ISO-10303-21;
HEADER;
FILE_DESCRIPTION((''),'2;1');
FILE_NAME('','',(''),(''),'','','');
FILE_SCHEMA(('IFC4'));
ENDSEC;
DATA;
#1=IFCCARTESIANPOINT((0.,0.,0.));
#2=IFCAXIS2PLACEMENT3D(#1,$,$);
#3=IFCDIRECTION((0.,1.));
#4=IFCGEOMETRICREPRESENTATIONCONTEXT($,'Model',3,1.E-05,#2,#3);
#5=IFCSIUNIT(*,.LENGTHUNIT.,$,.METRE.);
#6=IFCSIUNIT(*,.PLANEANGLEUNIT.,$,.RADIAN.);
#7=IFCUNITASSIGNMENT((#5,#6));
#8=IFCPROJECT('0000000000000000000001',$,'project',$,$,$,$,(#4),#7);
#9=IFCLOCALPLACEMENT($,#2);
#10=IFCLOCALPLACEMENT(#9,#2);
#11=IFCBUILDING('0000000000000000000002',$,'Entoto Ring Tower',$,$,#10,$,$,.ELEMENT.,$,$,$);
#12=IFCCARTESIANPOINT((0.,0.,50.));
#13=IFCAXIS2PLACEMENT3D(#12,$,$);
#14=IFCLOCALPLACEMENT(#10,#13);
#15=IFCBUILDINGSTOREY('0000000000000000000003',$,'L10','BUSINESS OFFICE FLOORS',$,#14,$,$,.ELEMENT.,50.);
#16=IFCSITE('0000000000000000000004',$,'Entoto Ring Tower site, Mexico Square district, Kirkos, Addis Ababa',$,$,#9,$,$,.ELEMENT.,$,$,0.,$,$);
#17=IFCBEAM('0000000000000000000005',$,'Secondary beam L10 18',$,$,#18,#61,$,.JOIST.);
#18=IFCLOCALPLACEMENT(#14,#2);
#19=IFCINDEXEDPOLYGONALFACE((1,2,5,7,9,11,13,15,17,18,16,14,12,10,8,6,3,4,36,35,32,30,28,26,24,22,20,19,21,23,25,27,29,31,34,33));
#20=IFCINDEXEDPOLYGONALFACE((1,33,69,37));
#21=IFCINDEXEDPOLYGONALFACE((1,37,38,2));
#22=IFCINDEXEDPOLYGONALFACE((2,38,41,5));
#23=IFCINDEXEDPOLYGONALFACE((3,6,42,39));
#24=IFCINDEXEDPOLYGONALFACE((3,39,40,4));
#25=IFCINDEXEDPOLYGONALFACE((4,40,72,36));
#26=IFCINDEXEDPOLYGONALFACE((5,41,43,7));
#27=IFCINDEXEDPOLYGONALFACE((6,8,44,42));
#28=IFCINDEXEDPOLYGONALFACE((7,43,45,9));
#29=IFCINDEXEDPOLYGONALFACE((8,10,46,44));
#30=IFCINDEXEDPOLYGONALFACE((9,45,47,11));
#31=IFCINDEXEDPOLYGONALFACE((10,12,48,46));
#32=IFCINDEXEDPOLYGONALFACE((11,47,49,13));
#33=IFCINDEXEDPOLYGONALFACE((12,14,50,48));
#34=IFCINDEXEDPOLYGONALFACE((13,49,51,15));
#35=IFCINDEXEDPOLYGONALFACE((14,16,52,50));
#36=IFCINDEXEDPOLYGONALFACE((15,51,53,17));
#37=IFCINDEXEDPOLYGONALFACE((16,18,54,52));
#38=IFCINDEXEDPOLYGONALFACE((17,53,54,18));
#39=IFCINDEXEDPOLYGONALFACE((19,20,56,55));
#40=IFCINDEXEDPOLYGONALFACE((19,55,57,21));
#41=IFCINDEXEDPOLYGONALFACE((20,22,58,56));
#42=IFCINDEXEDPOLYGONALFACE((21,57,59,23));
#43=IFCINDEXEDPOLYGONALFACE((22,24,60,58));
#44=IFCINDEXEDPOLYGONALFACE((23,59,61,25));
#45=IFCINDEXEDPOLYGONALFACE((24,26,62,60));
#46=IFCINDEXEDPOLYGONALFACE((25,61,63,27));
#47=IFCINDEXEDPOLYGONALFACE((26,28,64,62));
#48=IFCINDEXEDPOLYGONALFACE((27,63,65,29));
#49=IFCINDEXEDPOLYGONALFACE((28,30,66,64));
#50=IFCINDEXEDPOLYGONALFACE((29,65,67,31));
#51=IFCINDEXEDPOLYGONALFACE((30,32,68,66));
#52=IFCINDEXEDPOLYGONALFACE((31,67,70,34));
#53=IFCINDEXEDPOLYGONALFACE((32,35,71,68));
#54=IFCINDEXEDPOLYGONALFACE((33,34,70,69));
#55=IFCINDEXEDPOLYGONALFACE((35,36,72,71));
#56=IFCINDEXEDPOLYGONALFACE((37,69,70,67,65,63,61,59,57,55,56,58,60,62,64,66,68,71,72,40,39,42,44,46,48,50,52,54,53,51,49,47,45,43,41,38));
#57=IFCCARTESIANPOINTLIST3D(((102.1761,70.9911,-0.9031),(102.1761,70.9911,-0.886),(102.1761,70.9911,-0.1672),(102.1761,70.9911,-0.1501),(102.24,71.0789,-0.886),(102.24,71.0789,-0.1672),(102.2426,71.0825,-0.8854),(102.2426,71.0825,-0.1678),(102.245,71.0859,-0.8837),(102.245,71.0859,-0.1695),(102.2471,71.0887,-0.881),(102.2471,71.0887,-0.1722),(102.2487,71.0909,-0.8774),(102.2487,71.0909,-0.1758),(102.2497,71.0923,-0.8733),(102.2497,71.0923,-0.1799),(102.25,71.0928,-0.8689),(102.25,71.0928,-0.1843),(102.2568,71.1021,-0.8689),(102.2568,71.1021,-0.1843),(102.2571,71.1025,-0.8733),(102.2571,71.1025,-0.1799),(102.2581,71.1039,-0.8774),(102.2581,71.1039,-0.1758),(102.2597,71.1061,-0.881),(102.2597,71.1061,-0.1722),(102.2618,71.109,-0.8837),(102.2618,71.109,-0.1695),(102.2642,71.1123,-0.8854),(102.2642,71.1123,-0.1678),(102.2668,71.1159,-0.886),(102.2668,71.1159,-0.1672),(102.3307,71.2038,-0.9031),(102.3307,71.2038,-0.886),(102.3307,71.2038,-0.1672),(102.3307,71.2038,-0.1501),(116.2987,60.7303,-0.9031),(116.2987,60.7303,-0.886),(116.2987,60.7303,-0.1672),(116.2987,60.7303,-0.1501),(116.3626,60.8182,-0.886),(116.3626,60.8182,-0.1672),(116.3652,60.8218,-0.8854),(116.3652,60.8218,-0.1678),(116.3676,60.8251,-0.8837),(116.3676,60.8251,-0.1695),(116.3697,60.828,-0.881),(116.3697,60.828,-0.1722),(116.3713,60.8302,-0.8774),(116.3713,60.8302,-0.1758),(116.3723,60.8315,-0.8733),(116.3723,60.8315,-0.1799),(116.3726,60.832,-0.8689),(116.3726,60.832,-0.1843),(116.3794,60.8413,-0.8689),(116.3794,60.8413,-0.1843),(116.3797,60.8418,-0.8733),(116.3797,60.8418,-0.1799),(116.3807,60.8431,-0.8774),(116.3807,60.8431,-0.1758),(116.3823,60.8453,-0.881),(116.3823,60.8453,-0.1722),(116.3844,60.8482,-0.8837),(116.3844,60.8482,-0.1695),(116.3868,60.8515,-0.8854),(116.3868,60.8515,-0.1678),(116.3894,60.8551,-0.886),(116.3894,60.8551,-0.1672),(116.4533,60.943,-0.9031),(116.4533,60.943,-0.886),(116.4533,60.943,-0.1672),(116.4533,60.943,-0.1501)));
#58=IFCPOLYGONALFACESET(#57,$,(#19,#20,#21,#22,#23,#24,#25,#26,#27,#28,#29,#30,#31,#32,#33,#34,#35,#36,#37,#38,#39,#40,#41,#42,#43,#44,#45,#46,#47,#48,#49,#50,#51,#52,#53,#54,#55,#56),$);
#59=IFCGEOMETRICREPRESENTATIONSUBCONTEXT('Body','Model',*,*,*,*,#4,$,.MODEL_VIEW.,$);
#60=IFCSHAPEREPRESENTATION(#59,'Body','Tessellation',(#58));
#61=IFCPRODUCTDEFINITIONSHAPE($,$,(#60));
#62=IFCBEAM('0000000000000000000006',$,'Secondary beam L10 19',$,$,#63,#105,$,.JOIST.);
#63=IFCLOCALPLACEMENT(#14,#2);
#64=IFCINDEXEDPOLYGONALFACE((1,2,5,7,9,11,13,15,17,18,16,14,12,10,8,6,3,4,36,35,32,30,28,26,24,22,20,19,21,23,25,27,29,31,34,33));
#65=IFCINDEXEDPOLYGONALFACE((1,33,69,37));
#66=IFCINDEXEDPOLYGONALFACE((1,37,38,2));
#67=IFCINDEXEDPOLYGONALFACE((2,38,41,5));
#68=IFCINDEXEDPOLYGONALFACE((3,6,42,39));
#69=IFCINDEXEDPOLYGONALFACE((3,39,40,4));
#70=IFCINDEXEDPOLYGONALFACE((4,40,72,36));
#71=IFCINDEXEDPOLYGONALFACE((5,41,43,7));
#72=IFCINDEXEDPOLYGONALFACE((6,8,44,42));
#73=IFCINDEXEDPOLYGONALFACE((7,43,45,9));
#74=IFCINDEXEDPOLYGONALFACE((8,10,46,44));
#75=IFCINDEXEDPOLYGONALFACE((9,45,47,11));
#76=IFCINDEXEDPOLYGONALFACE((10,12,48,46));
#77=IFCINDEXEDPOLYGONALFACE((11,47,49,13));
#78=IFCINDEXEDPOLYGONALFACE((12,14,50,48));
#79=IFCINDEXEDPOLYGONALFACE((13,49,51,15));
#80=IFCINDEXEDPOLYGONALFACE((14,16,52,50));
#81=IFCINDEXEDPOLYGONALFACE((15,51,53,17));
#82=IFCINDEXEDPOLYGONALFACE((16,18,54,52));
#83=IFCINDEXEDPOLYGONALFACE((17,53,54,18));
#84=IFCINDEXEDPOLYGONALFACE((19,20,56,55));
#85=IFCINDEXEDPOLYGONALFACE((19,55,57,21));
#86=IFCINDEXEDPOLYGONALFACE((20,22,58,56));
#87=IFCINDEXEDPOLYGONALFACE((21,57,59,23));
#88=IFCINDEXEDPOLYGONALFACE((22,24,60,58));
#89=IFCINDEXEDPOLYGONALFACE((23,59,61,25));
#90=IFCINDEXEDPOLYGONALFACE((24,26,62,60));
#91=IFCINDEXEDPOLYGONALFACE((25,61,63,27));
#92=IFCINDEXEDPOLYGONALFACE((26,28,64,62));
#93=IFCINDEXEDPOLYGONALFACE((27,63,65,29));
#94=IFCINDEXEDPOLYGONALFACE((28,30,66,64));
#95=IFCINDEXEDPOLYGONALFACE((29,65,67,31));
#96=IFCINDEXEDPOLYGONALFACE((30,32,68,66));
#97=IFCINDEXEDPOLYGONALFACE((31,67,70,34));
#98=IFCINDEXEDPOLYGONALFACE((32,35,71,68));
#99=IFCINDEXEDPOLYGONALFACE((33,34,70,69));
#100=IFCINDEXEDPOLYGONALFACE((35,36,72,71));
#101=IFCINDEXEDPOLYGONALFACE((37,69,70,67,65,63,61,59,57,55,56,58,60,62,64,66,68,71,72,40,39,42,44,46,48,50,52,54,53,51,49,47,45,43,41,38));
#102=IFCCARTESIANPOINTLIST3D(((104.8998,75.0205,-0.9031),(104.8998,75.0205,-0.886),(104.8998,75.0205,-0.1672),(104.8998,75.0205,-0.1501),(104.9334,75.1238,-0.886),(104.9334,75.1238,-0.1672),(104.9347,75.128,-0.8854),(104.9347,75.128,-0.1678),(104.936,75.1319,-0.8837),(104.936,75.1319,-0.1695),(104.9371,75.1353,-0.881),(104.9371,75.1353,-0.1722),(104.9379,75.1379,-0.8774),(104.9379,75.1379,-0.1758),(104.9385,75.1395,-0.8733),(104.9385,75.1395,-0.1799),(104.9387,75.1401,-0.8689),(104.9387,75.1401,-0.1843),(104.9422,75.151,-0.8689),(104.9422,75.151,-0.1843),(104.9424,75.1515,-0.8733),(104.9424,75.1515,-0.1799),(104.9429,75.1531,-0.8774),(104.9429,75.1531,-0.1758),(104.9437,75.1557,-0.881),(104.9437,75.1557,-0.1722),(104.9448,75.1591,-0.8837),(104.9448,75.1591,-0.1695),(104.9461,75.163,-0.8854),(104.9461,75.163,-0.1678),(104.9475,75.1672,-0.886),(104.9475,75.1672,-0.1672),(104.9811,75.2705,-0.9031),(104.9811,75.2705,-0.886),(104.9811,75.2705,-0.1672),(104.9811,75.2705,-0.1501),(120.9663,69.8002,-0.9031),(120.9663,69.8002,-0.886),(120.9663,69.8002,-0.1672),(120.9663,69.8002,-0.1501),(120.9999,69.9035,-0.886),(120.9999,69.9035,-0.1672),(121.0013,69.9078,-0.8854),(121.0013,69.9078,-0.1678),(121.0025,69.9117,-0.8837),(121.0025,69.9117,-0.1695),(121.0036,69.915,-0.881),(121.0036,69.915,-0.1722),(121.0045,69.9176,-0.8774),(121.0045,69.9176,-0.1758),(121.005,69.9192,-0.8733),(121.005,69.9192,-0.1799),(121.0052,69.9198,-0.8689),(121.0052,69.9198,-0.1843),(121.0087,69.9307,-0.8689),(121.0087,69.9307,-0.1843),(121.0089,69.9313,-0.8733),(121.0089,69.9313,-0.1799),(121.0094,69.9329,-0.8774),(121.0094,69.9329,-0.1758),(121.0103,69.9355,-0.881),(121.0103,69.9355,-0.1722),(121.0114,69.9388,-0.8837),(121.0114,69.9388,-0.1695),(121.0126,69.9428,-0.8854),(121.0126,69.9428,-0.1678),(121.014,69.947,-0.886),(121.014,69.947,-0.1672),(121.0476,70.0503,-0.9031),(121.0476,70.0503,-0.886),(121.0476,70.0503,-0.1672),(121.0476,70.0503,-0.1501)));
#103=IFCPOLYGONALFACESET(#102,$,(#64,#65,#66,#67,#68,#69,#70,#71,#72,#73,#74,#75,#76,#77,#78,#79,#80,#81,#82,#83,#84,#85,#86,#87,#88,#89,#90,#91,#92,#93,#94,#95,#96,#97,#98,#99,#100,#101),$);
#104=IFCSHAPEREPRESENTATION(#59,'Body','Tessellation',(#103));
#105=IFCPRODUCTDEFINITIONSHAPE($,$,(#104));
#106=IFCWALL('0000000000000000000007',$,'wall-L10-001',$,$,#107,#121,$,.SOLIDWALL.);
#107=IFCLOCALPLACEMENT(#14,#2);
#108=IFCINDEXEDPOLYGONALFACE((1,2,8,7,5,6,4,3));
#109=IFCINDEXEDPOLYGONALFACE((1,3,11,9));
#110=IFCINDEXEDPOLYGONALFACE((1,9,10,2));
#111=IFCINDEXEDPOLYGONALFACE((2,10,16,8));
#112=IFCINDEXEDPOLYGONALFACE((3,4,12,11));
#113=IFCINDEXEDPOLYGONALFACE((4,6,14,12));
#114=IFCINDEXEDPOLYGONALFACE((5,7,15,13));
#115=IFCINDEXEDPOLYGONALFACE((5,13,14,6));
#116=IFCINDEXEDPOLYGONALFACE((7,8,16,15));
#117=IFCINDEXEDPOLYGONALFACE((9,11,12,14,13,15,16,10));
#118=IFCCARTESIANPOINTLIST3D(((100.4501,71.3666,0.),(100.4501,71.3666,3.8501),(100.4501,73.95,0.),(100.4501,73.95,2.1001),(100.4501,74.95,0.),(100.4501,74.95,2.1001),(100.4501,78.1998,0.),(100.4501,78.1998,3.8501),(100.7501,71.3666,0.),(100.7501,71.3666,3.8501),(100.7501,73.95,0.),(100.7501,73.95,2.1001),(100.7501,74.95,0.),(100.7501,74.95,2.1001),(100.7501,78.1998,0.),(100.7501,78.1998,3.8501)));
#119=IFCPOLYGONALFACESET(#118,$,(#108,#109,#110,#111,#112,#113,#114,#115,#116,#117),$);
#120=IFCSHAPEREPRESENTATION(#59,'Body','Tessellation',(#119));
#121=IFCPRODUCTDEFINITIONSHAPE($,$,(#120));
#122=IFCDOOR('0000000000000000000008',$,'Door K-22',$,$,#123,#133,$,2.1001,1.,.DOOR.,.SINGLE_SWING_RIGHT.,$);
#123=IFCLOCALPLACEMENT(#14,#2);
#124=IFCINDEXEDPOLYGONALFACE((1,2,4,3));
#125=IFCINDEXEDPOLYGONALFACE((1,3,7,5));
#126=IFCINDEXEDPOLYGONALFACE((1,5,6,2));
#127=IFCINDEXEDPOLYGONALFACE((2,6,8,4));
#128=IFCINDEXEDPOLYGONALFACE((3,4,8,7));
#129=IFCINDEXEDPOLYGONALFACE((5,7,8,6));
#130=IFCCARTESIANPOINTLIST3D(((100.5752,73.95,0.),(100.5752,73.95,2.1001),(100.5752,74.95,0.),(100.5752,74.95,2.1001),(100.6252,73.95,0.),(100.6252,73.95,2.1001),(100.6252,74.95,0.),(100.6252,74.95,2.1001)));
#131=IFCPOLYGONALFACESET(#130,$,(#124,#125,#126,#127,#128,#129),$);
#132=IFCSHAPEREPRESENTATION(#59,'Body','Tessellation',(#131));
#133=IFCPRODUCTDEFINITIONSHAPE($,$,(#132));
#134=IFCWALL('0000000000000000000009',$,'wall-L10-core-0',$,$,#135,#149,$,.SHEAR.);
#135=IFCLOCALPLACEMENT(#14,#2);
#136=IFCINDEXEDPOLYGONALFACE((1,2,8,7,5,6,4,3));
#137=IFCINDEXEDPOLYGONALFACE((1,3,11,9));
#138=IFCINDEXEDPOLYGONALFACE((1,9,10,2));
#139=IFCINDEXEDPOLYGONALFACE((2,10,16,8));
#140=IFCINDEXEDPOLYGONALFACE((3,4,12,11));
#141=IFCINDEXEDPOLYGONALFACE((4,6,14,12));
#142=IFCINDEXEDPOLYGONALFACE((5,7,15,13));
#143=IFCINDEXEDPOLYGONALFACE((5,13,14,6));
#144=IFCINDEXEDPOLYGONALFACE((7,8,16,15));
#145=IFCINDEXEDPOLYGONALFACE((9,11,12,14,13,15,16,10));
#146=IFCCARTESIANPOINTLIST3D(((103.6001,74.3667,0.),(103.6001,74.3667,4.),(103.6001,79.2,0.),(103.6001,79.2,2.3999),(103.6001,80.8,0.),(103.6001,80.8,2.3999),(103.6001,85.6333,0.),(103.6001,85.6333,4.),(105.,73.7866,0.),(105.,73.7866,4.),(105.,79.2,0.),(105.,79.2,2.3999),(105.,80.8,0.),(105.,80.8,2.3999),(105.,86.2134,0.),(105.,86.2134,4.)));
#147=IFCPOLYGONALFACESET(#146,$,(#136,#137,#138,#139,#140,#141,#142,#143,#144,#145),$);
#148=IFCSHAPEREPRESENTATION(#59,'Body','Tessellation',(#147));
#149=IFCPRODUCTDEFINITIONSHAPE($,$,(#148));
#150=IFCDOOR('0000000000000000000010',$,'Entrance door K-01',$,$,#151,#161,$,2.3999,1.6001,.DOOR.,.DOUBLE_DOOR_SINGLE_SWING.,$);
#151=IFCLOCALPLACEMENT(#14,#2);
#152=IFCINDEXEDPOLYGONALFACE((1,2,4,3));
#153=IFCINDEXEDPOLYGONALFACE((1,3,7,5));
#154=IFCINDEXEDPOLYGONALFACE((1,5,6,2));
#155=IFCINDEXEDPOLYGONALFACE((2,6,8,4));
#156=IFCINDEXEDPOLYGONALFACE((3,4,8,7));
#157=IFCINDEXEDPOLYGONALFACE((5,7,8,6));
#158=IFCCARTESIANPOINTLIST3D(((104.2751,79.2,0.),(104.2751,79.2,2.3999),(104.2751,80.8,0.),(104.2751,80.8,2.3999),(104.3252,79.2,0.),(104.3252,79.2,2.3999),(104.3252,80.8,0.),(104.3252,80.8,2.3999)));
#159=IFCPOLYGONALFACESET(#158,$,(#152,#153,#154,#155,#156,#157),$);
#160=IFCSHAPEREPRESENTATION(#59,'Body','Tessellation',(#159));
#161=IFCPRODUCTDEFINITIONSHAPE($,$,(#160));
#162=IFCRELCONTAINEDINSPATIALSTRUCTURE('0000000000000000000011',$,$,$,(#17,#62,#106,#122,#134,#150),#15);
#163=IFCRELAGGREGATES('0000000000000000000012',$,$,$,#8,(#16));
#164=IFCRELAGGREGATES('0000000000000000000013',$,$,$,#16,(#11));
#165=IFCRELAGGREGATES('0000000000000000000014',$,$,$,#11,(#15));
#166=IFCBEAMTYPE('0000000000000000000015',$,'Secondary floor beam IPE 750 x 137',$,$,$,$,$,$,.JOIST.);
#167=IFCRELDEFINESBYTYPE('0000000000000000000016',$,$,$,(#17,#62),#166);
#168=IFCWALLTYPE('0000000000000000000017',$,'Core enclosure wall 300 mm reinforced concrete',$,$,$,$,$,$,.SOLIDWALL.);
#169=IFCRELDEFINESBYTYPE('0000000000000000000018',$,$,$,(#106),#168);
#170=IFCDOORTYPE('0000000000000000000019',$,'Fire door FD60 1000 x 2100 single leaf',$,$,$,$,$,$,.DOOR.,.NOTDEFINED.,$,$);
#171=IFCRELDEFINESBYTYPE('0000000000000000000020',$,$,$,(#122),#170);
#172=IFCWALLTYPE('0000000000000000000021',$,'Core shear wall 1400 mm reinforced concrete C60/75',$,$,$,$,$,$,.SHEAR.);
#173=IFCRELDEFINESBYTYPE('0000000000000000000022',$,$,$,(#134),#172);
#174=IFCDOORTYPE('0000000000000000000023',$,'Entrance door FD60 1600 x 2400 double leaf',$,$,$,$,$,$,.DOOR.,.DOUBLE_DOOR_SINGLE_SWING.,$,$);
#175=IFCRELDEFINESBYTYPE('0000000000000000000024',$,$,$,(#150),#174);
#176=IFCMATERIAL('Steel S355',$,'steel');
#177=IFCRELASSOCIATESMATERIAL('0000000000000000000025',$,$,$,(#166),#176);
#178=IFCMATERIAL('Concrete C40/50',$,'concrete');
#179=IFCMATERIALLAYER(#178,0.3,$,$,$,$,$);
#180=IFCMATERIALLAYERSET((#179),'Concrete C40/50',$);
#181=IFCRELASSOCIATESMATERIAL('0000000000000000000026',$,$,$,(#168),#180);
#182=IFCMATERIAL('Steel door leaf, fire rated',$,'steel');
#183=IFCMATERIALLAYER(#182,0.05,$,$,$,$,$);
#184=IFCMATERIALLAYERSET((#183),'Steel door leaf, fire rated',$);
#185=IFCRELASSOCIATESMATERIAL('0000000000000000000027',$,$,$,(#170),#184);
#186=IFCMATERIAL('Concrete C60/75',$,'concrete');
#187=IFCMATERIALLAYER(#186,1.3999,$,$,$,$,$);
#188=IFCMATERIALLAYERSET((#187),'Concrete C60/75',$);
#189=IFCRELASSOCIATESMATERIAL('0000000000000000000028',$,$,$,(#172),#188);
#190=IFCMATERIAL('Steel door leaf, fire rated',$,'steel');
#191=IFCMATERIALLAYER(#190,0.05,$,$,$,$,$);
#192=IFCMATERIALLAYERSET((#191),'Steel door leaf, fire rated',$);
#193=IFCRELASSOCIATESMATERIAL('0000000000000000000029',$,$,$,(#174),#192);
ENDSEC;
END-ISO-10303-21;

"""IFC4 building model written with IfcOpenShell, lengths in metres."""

from ifc_helpers import new_model, si_unit, direction, frame, frame_2d, origin, origin_2d, place, context, subcontext, project, spatial, polyline, rectangle, i_section, outline, extrude, material, layer, layer_set, material_profile, profile_set, type_object, element, fill, save


model = new_model("IFC4")

# Units and contexts
model_context = context("Model", 3, precision=1e-05, world=origin(), true_north=direction((0.0, 1.0)))
body_context = subcontext(model_context, "Body", "Model", "MODEL_VIEW")
ifc_project = project(units=[si_unit("LENGTHUNIT", "METRE"), si_unit("PLANEANGLEUNIT", "RADIAN")], contexts=[model_context])

# Site, building, storey
site_placement = place(None, origin())
site = spatial("IfcSite", under=ifc_project, at=site_placement, Name="Entoto Ring Tower site, Mexico Square district, Kirkos, Addis Ababa", CompositionType="ELEMENT", RefElevation=0.0)
building_placement = place(site_placement, origin())
building = spatial("IfcBuilding", under=site, at=building_placement, Name="Entoto Ring Tower", CompositionType="ELEMENT")
storey_placement = place(building_placement, frame((0.0, 0.0, 50.0)))
storey = spatial("IfcBuildingStorey", under=building, at=storey_placement, Name="L10", Description="BUSINESS OFFICE FLOORS", CompositionType="ELEMENT", Elevation=50.0)

# Beams
ifc_material_1 = material(Name="Steel S355", Category="steel")
ifc_material_profile_1 = material_profile(ifc_material_1, i_section(OverallWidth=0.2629, OverallDepth=0.7529, WebThickness=0.0115, FlangeThickness=0.0171, FilletRadius=0.0171, at=origin_2d()), Name="IPE 750 x 137")
ifc_profile_set_1 = profile_set([ifc_material_profile_1], Name="Steel S355")
beam_type_1 = type_object("IfcBeamType", Name="Secondary floor beam IPE 750 x 137", PredefinedType="JOIST", material=ifc_profile_set_1)
beam_1_placement = place(storey_placement, frame((102.2534, 71.0974, -0.5266), z_axis=(0.809014, -0.587789, 0.0), x_axis=(0.587789, 0.809014, 0.0)))
element("IfcBeam", 1, at=beam_1_placement, inside=storey, type_object=beam_type_1, Name="Secondary beam L10 18", PredefinedType="JOIST", context=body_context, shape_type="SweptSolid", body=[
    extrude(i_section(OverallWidth=0.2629, OverallDepth=0.7529, WebThickness=0.0115, FlangeThickness=0.0171, FilletRadius=0.0171, at=origin_2d()), origin(), (0.0, 0.0, 1.0), 17.4565),
])
beam_2_placement = place(storey_placement, frame((104.9404, 75.1455, -0.5266), z_axis=(0.951058, -0.309013, 0.0), x_axis=(0.309013, 0.951058, 0.0)))
element("IfcBeam", 2, at=beam_2_placement, inside=storey, type_object=beam_type_1, Name="Secondary beam L10 19", PredefinedType="JOIST", context=body_context, shape_type="SweptSolid", body=[
    extrude(i_section(OverallWidth=0.2629, OverallDepth=0.7529, WebThickness=0.0115, FlangeThickness=0.0171, FilletRadius=0.0171, at=origin_2d()), origin(), (0.0, 0.0, 1.0), 16.8933),
])

# Walls, openings, doors
ifc_material_2 = material(Name="Concrete C40/50", Category="concrete")
ifc_layer_1 = layer(ifc_material_2, 0.3)
ifc_layer_set_1 = layer_set([ifc_layer_1], Name="Concrete C40/50")
wall_type_1 = type_object("IfcWallType", Name="Core enclosure wall 300 mm reinforced concrete", PredefinedType="SOLIDWALL", material=ifc_layer_set_1)
wall_1_placement = place(storey_placement, frame((100.6001, 71.3667, 0.0), z_axis=(0.0, 0.0, 1.0), x_axis=(0.0, 1.0, 0.0)))
wall_1 = element("IfcWall", 3, at=wall_1_placement, inside=storey, type_object=wall_type_1, Name="wall-L10-001", PredefinedType="SOLIDWALL", context=body_context, shape_type="SweptSolid", body=[
    extrude(rectangle(XDim=6.8333, YDim=0.3, at=frame_2d((3.4165, 0.0))), origin(), (0.0, 0.0, 1.0), 3.8501),
])
opening_1_placement = place(wall_1_placement, frame((2.5833, 0.0, 0.0)))
opening_1 = element("IfcOpeningElement", 4, at=opening_1_placement, cuts=wall_1, PredefinedType="OPENING", context=body_context, shape_type="SweptSolid", body=[
    extrude(rectangle(XDim=1.0, YDim=2.1001, at=frame_2d((0.5, 1.05))), frame((0.0, 0.1602, 0.0), z_axis=(0.0, -1.0, 0.0), x_axis=(1.0, 0.0, 0.0)), (0.0, 0.0, 1.0), 0.3201),
])
ifc_material_3 = material(Name="Steel door leaf, fire rated", Category="steel")
ifc_layer_2 = layer(ifc_material_3, 0.05)
ifc_layer_set_2 = layer_set([ifc_layer_2], Name="Steel door leaf, fire rated")
door_type_1 = type_object("IfcDoorType", Name="Fire door FD60 1000 x 2100 single leaf", OperationType="NOTDEFINED", PredefinedType="DOOR", material=ifc_layer_set_2)
door_1_placement = place(opening_1_placement, origin())
door_1 = element("IfcDoor", 5, at=door_1_placement, inside=storey, type_object=door_type_1, Name="Door K-22", OperationType="SINGLE_SWING_RIGHT", OverallHeight=2.1001, OverallWidth=1.0, PredefinedType="DOOR", context=body_context, shape_type="SweptSolid", body=[
    extrude(rectangle(XDim=1.0, YDim=2.1001, at=frame_2d((0.5, 1.05))), frame((0.0, 0.0249, 0.0), z_axis=(0.0, -1.0, 0.0), x_axis=(1.0, 0.0, 0.0)), (0.0, 0.0, 1.0), 0.05),
])
fill(opening_1, door_1)
ifc_material_4 = material(Name="Concrete C60/75", Category="concrete")
ifc_layer_3 = layer(ifc_material_4, 1.3999)
ifc_layer_set_3 = layer_set([ifc_layer_3], Name="Concrete C60/75")
wall_type_2 = type_object("IfcWallType", Name="Core shear wall 1400 mm reinforced concrete C60/75", PredefinedType="SHEAR", material=ifc_layer_set_3)
wall_2_placement = place(storey_placement, frame((104.3, 74.0767, 0.0), z_axis=(0.0, 0.0, 1.0), x_axis=(0.0, 1.0, 0.0)))
wall_2 = element("IfcWall", 6, at=wall_2_placement, inside=storey, type_object=wall_type_2, Name="wall-L10-core-0", PredefinedType="SHEAR", context=body_context, shape_type="SweptSolid", body=[
    extrude(outline(polyline([(-0.29, -0.7), (12.1367, -0.7), (11.5566, 0.7), (0.29, 0.7), (-0.29, -0.7)])), origin(), (0.0, 0.0, 1.0), 4.0),
])
opening_2_placement = place(wall_2_placement, frame((5.1233, 0.0, 0.0)))
opening_2 = element("IfcOpeningElement", 7, at=opening_2_placement, cuts=wall_2, PredefinedType="OPENING", context=body_context, shape_type="SweptSolid", body=[
    extrude(rectangle(XDim=1.6001, YDim=2.3999, at=frame_2d((0.8, 1.2))), frame((0.0, 0.71, 0.0), z_axis=(0.0, -1.0, 0.0), x_axis=(1.0, 0.0, 0.0)), (0.0, 0.0, 1.0), 1.4199),
])
ifc_material_5 = material(Name="Steel door leaf, fire rated", Category="steel")
ifc_layer_4 = layer(ifc_material_5, 0.05)
ifc_layer_set_4 = layer_set([ifc_layer_4], Name="Steel door leaf, fire rated")
door_type_2 = type_object("IfcDoorType", Name="Entrance door FD60 1600 x 2400 double leaf", OperationType="DOUBLE_DOOR_SINGLE_SWING", PredefinedType="DOOR", material=ifc_layer_set_4)
door_2_placement = place(opening_2_placement, origin())
door_2 = element("IfcDoor", 8, at=door_2_placement, inside=storey, type_object=door_type_2, Name="Entrance door K-01", OperationType="DOUBLE_DOOR_SINGLE_SWING", OverallHeight=2.3999, OverallWidth=1.6001, PredefinedType="DOOR", context=body_context, shape_type="SweptSolid", body=[
    extrude(rectangle(XDim=1.6001, YDim=2.3999, at=frame_2d((0.8, 1.2))), frame((0.0, 0.0249, 0.0), z_axis=(0.0, -1.0, 0.0), x_axis=(1.0, 0.0, 0.0)), (0.0, 0.0, 1.0), 0.05),
])
fill(opening_2, door_2)

save(model, "model.ifc")
